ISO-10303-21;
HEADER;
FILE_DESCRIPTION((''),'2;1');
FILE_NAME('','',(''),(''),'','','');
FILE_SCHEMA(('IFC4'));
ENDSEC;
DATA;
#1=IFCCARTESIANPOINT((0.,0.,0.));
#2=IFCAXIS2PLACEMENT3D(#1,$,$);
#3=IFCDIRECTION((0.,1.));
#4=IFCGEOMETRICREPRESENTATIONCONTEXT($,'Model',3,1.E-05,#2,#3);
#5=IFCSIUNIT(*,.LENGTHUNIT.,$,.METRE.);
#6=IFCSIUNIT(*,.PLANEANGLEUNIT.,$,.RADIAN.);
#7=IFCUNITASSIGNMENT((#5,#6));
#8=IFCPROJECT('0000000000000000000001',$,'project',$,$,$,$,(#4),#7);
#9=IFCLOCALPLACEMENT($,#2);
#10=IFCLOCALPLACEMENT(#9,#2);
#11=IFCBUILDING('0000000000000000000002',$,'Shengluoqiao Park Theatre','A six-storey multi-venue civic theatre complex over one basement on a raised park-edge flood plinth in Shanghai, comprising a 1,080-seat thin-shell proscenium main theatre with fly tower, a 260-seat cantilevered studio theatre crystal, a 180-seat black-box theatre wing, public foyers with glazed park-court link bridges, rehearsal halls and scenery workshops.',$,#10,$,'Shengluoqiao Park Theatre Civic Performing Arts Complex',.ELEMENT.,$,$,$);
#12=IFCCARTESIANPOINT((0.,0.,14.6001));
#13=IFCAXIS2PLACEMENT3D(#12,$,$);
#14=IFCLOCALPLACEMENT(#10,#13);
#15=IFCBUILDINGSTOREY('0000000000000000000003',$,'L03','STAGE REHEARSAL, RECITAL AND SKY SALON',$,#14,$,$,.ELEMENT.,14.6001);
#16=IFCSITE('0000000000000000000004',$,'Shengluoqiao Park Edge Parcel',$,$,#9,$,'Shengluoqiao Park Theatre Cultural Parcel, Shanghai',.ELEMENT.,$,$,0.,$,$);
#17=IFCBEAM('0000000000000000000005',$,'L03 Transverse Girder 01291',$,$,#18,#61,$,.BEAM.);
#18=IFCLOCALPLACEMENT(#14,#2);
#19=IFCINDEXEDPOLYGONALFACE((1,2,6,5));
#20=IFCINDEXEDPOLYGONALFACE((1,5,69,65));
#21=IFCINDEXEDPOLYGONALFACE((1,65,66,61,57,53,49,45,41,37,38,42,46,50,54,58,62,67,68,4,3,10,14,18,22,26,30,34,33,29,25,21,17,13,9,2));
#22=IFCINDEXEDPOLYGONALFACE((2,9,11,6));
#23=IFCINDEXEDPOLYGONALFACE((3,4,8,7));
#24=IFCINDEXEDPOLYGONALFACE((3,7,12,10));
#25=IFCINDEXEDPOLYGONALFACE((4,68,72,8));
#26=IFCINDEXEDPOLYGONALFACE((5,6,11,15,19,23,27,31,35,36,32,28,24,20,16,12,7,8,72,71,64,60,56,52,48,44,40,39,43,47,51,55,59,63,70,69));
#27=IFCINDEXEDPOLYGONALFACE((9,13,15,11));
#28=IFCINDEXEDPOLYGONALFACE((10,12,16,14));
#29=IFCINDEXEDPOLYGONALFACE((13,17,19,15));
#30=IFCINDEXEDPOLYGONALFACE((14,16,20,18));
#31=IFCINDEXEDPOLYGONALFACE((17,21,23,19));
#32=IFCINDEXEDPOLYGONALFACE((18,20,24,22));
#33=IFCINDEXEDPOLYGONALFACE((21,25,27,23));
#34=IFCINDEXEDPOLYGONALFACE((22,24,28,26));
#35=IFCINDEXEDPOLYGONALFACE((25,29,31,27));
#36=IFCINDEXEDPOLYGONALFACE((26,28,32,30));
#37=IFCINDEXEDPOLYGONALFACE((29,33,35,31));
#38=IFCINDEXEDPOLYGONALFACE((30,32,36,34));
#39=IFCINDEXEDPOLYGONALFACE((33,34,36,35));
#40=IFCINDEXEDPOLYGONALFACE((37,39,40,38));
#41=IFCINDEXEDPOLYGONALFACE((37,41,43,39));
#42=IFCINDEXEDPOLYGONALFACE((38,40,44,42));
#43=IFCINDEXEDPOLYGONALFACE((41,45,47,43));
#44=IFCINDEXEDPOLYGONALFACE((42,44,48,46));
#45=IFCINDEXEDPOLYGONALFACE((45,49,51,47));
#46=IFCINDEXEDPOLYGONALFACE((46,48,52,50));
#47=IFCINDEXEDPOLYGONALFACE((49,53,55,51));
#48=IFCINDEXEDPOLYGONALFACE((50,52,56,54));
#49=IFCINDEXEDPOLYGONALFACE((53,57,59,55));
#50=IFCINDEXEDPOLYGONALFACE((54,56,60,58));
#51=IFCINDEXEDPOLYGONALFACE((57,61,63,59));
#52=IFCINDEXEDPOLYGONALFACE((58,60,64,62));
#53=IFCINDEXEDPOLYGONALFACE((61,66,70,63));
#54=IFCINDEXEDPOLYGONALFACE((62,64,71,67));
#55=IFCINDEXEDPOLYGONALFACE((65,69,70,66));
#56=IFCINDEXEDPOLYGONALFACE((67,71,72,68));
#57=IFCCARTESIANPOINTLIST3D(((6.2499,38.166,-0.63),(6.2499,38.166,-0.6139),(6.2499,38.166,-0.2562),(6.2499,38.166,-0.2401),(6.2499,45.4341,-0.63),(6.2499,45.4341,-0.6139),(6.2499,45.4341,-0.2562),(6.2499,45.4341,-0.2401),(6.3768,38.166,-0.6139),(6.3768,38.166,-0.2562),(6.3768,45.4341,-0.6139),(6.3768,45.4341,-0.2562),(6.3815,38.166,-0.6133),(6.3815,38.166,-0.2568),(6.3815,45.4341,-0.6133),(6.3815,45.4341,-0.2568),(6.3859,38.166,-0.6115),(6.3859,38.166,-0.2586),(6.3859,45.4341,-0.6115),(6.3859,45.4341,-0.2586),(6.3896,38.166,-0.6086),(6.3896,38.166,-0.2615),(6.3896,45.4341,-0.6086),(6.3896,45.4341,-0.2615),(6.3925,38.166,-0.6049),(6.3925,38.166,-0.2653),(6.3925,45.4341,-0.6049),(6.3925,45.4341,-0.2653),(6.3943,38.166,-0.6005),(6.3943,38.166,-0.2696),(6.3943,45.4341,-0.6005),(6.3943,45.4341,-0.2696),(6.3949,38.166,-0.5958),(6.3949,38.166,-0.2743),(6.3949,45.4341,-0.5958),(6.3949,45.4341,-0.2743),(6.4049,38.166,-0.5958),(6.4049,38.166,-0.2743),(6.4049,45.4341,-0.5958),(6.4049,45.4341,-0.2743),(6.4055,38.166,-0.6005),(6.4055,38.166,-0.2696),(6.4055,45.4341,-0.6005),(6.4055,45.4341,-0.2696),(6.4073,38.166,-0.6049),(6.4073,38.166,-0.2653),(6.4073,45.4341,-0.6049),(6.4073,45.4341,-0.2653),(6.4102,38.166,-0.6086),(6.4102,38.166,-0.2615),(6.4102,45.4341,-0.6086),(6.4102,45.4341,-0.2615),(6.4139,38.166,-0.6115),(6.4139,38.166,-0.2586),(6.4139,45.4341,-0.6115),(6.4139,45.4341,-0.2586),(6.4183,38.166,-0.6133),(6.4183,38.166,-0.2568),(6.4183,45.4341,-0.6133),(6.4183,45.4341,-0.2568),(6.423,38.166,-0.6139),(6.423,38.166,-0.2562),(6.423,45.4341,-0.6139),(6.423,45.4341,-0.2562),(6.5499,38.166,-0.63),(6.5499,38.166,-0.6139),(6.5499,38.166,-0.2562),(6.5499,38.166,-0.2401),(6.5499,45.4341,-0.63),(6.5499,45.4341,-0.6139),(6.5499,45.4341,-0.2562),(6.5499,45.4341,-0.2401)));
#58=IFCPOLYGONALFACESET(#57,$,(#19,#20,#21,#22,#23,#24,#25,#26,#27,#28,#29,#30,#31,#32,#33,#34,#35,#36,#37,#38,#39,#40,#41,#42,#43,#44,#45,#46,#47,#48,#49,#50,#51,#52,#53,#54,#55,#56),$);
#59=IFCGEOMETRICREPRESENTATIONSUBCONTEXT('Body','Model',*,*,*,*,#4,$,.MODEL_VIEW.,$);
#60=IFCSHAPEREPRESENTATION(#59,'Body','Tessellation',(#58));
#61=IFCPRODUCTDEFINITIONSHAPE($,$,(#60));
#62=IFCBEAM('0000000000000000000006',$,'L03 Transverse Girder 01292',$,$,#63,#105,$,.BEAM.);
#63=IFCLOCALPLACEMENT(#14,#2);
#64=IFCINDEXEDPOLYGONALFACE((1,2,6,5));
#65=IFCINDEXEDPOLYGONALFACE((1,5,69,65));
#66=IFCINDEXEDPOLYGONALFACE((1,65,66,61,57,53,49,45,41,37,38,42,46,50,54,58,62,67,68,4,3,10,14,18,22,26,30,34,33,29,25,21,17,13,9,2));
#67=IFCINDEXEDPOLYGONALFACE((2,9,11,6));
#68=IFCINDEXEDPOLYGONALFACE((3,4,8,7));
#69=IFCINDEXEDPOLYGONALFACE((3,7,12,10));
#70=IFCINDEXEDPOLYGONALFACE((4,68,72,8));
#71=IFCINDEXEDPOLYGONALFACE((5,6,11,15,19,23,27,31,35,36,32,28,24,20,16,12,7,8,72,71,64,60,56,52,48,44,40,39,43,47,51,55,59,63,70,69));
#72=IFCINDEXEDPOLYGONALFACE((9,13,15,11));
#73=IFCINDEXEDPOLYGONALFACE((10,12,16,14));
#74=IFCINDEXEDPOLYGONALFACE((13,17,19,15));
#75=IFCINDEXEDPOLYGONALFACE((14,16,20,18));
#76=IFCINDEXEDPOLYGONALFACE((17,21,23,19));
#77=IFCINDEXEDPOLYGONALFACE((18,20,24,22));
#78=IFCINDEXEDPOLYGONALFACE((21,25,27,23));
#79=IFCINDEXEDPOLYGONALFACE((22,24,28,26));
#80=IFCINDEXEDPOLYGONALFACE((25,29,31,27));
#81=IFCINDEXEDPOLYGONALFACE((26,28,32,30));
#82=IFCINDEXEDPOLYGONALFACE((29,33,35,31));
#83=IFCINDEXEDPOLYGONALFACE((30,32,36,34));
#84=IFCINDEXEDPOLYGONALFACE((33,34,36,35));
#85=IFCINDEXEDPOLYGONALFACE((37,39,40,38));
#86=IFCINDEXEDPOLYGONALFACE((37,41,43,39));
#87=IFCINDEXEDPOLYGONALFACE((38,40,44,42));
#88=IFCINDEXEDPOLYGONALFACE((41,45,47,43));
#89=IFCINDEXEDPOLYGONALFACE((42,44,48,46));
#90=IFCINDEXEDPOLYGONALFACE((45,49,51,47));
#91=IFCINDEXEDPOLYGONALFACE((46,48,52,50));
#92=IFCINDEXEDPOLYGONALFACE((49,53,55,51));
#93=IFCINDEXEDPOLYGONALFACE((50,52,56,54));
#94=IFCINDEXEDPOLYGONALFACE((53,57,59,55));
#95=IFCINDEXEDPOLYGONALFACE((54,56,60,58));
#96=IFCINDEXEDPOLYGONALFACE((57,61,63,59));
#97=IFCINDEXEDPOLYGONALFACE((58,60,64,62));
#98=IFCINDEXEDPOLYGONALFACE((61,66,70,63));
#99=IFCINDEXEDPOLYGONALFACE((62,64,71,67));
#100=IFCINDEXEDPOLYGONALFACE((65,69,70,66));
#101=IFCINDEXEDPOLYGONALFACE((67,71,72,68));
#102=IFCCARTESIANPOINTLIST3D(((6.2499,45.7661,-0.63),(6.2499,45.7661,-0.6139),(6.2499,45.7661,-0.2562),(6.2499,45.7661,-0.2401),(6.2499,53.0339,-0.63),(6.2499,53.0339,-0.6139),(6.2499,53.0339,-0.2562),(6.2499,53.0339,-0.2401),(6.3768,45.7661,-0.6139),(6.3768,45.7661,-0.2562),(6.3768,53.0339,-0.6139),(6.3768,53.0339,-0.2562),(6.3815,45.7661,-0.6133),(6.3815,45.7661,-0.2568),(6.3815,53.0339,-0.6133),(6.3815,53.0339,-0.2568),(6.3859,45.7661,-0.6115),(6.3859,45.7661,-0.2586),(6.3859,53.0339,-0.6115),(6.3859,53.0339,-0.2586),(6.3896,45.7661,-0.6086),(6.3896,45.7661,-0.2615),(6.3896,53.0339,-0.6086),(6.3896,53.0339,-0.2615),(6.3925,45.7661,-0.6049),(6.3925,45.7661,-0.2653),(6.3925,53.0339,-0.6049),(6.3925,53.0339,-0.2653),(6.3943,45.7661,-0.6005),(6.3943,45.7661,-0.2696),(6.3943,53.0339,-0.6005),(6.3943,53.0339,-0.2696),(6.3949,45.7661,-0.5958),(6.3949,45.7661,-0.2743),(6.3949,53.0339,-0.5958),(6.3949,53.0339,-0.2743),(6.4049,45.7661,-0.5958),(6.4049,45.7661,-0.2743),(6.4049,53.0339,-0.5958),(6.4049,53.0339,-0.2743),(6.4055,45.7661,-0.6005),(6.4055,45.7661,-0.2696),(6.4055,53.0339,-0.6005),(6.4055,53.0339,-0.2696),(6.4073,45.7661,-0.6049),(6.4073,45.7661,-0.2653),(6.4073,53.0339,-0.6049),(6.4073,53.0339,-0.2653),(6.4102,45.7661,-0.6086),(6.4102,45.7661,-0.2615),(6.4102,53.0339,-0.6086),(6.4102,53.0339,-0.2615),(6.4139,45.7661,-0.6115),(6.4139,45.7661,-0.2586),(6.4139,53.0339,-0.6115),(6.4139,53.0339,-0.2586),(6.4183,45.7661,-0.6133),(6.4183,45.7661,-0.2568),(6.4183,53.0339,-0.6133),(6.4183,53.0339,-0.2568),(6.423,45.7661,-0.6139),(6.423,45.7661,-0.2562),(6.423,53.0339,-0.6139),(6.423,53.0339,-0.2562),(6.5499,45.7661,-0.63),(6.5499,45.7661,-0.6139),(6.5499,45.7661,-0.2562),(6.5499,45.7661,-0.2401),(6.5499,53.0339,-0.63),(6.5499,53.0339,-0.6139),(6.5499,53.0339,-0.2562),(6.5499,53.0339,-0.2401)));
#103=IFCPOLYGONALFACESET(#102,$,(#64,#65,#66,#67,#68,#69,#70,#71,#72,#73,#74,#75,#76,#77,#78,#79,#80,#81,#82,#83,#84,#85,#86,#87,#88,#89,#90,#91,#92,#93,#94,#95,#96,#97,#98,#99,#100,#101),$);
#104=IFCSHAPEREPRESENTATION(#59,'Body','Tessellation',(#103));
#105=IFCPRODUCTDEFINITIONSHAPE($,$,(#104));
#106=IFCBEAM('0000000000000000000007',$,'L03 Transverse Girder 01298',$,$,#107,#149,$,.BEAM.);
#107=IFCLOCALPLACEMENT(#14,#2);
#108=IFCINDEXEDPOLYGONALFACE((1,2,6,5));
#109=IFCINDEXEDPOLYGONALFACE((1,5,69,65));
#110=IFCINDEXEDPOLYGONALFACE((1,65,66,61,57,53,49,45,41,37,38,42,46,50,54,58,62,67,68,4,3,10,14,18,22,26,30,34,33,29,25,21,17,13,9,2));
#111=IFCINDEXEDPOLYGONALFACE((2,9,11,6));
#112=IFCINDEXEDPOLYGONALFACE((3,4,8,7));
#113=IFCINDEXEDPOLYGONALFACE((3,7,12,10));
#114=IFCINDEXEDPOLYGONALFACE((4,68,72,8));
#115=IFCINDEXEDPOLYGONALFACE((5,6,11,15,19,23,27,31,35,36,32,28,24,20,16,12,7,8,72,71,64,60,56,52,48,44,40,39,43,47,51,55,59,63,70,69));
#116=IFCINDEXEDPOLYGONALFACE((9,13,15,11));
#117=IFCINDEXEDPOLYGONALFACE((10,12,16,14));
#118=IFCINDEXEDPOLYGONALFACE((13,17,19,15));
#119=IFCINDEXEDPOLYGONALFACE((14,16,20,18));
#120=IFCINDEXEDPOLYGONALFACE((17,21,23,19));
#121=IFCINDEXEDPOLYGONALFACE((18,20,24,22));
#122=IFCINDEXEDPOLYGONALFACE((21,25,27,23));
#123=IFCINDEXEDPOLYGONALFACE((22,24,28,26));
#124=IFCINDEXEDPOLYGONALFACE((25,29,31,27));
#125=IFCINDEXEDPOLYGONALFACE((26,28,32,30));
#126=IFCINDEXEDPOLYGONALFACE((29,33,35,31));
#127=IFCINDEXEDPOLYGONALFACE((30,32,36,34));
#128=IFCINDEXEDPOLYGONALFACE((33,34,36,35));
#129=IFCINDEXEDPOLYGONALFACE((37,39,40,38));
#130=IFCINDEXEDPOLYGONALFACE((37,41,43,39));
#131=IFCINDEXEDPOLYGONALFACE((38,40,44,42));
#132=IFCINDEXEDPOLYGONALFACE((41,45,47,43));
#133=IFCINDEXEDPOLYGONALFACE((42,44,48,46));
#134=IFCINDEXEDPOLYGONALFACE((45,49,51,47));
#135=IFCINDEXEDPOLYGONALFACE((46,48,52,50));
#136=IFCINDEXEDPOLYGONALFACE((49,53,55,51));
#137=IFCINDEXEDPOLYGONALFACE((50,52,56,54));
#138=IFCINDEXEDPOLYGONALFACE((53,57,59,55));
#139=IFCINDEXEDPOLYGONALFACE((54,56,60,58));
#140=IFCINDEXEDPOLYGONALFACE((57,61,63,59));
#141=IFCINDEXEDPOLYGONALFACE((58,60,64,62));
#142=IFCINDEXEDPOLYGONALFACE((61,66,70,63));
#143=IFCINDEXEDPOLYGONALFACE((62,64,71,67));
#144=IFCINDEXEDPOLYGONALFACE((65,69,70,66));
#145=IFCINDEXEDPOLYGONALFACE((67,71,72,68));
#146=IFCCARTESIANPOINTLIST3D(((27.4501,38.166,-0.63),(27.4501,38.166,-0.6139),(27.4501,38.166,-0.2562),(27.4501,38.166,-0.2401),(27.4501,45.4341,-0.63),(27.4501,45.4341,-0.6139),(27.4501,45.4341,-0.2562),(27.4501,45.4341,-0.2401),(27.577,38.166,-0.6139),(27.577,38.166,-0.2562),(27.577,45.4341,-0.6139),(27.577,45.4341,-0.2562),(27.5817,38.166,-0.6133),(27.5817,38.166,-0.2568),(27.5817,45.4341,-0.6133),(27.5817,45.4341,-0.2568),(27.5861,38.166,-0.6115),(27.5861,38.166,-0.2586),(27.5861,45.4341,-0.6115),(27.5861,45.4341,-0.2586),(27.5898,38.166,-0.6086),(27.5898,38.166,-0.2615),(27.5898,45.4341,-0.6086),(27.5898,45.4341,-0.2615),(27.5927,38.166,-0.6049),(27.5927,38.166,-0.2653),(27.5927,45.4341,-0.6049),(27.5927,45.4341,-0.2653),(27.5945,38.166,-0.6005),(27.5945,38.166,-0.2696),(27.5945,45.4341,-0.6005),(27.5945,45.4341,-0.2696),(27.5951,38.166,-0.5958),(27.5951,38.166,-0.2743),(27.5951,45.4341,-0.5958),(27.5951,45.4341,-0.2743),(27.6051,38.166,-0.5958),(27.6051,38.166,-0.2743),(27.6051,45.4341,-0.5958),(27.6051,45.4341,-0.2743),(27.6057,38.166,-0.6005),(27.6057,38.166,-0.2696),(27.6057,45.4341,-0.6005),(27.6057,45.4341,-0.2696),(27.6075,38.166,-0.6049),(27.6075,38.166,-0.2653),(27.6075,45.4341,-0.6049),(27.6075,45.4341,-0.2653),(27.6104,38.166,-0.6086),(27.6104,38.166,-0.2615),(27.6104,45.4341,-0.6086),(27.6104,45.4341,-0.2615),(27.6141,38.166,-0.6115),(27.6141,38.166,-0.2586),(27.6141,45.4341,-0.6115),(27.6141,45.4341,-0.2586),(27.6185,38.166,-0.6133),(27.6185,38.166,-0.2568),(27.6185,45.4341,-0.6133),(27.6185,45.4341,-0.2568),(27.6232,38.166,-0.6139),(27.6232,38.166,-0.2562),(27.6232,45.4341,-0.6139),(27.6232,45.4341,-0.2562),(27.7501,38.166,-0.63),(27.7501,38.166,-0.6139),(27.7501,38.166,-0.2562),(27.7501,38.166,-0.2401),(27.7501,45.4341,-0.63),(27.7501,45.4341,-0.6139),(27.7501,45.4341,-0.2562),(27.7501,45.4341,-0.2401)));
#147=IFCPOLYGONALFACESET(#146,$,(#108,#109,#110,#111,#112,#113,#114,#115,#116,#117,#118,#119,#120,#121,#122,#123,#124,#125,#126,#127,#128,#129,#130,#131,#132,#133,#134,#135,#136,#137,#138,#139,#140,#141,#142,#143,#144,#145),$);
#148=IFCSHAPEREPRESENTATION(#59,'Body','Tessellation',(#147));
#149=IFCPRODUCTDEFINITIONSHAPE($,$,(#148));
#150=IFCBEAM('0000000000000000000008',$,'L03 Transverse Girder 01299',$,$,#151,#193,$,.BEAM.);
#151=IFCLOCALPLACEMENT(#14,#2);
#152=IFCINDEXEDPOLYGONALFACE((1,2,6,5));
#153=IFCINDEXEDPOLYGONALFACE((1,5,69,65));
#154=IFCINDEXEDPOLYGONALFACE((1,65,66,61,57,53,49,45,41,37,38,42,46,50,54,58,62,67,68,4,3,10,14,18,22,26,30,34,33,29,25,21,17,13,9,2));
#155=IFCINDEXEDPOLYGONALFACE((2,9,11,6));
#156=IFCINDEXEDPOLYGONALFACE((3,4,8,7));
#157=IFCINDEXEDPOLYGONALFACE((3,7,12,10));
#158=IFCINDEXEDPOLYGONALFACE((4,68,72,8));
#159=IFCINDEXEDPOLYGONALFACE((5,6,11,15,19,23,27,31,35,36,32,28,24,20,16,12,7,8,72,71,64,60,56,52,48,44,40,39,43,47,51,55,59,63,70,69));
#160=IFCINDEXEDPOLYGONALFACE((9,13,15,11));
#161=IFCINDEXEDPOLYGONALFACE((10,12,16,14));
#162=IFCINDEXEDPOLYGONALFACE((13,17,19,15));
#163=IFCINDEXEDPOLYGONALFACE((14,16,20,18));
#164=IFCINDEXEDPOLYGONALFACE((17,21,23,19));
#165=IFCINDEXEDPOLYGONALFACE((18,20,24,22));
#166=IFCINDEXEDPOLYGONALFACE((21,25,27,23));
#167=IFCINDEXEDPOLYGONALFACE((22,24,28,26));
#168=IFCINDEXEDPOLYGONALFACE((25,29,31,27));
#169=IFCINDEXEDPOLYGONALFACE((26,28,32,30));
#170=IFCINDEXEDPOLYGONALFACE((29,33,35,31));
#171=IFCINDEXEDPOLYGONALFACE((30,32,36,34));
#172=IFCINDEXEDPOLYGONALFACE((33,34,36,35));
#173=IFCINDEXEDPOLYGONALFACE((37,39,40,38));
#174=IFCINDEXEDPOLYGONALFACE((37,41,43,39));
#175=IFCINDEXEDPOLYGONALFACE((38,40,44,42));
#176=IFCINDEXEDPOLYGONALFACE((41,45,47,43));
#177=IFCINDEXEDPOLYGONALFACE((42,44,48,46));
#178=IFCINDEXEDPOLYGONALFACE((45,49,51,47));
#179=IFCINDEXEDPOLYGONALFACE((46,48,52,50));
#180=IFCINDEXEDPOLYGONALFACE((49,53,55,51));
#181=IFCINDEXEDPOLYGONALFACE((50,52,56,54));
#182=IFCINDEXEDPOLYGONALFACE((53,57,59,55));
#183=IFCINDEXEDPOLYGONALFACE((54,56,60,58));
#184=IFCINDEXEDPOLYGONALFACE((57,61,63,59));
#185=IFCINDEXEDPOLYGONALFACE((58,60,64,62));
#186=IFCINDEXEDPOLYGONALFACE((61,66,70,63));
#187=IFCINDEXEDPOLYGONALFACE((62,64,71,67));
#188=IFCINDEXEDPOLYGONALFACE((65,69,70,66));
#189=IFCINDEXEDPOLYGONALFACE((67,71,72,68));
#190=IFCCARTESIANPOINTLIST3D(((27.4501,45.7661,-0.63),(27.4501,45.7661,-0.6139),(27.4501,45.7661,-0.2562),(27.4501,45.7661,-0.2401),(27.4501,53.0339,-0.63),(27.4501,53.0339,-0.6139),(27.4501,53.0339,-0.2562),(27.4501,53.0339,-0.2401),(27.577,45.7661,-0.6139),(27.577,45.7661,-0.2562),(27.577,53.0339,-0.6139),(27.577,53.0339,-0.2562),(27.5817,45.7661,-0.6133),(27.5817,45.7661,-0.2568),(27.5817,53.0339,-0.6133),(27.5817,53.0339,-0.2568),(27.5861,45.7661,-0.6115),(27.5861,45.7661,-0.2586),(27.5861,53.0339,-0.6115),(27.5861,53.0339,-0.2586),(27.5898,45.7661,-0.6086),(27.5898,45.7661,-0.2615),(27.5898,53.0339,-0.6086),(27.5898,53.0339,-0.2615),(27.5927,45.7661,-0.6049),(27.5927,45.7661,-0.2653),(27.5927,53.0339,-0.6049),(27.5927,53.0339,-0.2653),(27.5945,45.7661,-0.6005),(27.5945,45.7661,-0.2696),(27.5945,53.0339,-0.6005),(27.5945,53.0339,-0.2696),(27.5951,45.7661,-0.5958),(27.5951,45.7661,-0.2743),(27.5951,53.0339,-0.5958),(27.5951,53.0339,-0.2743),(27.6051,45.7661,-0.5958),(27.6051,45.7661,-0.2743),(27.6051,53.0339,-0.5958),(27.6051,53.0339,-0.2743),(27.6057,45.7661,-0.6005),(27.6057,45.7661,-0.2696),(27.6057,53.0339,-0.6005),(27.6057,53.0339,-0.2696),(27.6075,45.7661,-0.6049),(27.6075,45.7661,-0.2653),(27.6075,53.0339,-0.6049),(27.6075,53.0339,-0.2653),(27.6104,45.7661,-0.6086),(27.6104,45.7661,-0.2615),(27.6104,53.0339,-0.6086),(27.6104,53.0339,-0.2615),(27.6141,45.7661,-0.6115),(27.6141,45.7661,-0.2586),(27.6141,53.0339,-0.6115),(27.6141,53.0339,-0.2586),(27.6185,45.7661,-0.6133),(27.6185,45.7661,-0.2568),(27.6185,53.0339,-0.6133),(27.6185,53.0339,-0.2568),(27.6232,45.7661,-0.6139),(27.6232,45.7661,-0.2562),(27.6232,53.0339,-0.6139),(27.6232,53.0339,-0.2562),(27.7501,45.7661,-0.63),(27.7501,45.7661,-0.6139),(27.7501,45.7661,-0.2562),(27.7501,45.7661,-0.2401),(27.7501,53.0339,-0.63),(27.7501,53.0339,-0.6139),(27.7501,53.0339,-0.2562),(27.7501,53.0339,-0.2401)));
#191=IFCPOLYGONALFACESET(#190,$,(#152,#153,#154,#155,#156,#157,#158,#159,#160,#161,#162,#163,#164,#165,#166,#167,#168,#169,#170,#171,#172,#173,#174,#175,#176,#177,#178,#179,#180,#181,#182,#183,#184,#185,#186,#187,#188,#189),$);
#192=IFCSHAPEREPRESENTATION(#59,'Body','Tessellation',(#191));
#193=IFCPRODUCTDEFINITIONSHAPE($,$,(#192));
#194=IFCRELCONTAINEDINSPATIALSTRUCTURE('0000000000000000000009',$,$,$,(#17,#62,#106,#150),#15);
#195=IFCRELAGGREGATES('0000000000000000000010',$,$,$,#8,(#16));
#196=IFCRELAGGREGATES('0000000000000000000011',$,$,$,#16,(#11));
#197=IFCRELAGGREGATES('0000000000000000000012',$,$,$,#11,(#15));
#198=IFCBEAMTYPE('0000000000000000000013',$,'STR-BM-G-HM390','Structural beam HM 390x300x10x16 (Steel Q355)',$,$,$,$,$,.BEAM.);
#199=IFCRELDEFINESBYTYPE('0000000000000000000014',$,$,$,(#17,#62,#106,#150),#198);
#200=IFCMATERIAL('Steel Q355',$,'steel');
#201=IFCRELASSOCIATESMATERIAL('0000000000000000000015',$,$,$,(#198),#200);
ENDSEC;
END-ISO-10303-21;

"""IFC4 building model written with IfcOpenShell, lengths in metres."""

from ifc_helpers import new_model, si_unit, direction, frame, origin, origin_2d, place, context, subcontext, project, spatial, i_section, extrude, material, material_profile, profile_set, type_object, element, save


model = new_model("IFC4")

# Units and contexts
model_context = context("Model", 3, precision=1e-05, world=origin(), true_north=direction((0.0, 1.0)))
body_context = subcontext(model_context, "Body", "Model", "MODEL_VIEW")
ifc_project = project(units=[si_unit("LENGTHUNIT", "METRE"), si_unit("PLANEANGLEUNIT", "RADIAN")], contexts=[model_context])

# Site, building, storey
site_placement = place(None, origin())
site = spatial("IfcSite", under=ifc_project, at=site_placement, Name="Shengluoqiao Park Edge Parcel", LongName="Shengluoqiao Park Theatre Cultural Parcel, Shanghai", CompositionType="ELEMENT", RefElevation=0.0)
building_placement = place(site_placement, origin())
building = spatial("IfcBuilding", under=site, at=building_placement, Name="Shengluoqiao Park Theatre", Description="A six-storey multi-venue civic theatre complex over one basement on a raised park-edge flood plinth in Shanghai, comprising a 1,080-seat thin-shell proscenium main theatre with fly tower, a 260-seat cantilevered studio theatre crystal, a 180-seat black-box theatre wing, public foyers with glazed park-court link bridges, rehearsal halls and scenery workshops.", LongName="Shengluoqiao Park Theatre Civic Performing Arts Complex", CompositionType="ELEMENT")
storey_placement = place(building_placement, frame((0.0, 0.0, 14.6001)))
storey = spatial("IfcBuildingStorey", under=building, at=storey_placement, Name="L03", Description="STAGE REHEARSAL, RECITAL AND SKY SALON", CompositionType="ELEMENT", Elevation=14.6001)

# Shared definitions
ifc_material_1 = material(Name="Steel Q355", Category="steel")

# Beams
ifc_material_profile_1 = material_profile(ifc_material_1, i_section(OverallWidth=0.3, OverallDepth=0.3899, WebThickness=0.01, FlangeThickness=0.0161, FilletRadius=0.0181, at=origin_2d()), Name="HM 390x300x10x16")
ifc_profile_set_1 = profile_set([ifc_material_profile_1], Name="Steel Q355")
beam_type_1 = type_object("IfcBeamType", Name="STR-BM-G-HM390", Description="Structural beam HM 390x300x10x16 (Steel Q355)", PredefinedType="BEAM", material=ifc_profile_set_1)
beam_1_placement = place(storey_placement, frame((6.3999, 38.166, -0.4351), z_axis=(0.0, 1.0, 0.0), x_axis=(-1.0, 0.0, 0.0)))
element("IfcBeam", 1, at=beam_1_placement, inside=storey, type_object=beam_type_1, Name="L03 Transverse Girder 01291", PredefinedType="BEAM", context=body_context, shape_type="SweptSolid", body=[
    extrude(i_section(OverallWidth=0.3, OverallDepth=0.3899, WebThickness=0.01, FlangeThickness=0.0161, FilletRadius=0.0181, at=origin_2d()), origin(), (0.0, 0.0, 1.0), 7.2681),
])
beam_2_placement = place(storey_placement, frame((6.3999, 45.7661, -0.4351), z_axis=(0.0, 1.0, 0.0), x_axis=(-1.0, 0.0, 0.0)))
element("IfcBeam", 2, at=beam_2_placement, inside=storey, type_object=beam_type_1, Name="L03 Transverse Girder 01292", PredefinedType="BEAM", context=body_context, shape_type="SweptSolid", body=[
    extrude(i_section(OverallWidth=0.3, OverallDepth=0.3899, WebThickness=0.01, FlangeThickness=0.0161, FilletRadius=0.0181, at=origin_2d()), origin(), (0.0, 0.0, 1.0), 7.2678),
])
beam_3_placement = place(storey_placement, frame((27.6001, 38.166, -0.4351), z_axis=(0.0, 1.0, 0.0), x_axis=(-1.0, 0.0, 0.0)))
element("IfcBeam", 3, at=beam_3_placement, inside=storey, type_object=beam_type_1, Name="L03 Transverse Girder 01298", PredefinedType="BEAM", context=body_context, shape_type="SweptSolid", body=[
    extrude(i_section(OverallWidth=0.3, OverallDepth=0.3899, WebThickness=0.01, FlangeThickness=0.0161, FilletRadius=0.0181, at=origin_2d()), origin(), (0.0, 0.0, 1.0), 7.2681),
])
beam_4_placement = place(storey_placement, frame((27.6001, 45.7661, -0.4351), z_axis=(0.0, 1.0, 0.0), x_axis=(-1.0, 0.0, 0.0)))
element("IfcBeam", 4, at=beam_4_placement, inside=storey, type_object=beam_type_1, Name="L03 Transverse Girder 01299", PredefinedType="BEAM", context=body_context, shape_type="SweptSolid", body=[
    extrude(i_section(OverallWidth=0.3, OverallDepth=0.3899, WebThickness=0.01, FlangeThickness=0.0161, FilletRadius=0.0181, at=origin_2d()), origin(), (0.0, 0.0, 1.0), 7.2678),
])

save(model, "model.ifc")
